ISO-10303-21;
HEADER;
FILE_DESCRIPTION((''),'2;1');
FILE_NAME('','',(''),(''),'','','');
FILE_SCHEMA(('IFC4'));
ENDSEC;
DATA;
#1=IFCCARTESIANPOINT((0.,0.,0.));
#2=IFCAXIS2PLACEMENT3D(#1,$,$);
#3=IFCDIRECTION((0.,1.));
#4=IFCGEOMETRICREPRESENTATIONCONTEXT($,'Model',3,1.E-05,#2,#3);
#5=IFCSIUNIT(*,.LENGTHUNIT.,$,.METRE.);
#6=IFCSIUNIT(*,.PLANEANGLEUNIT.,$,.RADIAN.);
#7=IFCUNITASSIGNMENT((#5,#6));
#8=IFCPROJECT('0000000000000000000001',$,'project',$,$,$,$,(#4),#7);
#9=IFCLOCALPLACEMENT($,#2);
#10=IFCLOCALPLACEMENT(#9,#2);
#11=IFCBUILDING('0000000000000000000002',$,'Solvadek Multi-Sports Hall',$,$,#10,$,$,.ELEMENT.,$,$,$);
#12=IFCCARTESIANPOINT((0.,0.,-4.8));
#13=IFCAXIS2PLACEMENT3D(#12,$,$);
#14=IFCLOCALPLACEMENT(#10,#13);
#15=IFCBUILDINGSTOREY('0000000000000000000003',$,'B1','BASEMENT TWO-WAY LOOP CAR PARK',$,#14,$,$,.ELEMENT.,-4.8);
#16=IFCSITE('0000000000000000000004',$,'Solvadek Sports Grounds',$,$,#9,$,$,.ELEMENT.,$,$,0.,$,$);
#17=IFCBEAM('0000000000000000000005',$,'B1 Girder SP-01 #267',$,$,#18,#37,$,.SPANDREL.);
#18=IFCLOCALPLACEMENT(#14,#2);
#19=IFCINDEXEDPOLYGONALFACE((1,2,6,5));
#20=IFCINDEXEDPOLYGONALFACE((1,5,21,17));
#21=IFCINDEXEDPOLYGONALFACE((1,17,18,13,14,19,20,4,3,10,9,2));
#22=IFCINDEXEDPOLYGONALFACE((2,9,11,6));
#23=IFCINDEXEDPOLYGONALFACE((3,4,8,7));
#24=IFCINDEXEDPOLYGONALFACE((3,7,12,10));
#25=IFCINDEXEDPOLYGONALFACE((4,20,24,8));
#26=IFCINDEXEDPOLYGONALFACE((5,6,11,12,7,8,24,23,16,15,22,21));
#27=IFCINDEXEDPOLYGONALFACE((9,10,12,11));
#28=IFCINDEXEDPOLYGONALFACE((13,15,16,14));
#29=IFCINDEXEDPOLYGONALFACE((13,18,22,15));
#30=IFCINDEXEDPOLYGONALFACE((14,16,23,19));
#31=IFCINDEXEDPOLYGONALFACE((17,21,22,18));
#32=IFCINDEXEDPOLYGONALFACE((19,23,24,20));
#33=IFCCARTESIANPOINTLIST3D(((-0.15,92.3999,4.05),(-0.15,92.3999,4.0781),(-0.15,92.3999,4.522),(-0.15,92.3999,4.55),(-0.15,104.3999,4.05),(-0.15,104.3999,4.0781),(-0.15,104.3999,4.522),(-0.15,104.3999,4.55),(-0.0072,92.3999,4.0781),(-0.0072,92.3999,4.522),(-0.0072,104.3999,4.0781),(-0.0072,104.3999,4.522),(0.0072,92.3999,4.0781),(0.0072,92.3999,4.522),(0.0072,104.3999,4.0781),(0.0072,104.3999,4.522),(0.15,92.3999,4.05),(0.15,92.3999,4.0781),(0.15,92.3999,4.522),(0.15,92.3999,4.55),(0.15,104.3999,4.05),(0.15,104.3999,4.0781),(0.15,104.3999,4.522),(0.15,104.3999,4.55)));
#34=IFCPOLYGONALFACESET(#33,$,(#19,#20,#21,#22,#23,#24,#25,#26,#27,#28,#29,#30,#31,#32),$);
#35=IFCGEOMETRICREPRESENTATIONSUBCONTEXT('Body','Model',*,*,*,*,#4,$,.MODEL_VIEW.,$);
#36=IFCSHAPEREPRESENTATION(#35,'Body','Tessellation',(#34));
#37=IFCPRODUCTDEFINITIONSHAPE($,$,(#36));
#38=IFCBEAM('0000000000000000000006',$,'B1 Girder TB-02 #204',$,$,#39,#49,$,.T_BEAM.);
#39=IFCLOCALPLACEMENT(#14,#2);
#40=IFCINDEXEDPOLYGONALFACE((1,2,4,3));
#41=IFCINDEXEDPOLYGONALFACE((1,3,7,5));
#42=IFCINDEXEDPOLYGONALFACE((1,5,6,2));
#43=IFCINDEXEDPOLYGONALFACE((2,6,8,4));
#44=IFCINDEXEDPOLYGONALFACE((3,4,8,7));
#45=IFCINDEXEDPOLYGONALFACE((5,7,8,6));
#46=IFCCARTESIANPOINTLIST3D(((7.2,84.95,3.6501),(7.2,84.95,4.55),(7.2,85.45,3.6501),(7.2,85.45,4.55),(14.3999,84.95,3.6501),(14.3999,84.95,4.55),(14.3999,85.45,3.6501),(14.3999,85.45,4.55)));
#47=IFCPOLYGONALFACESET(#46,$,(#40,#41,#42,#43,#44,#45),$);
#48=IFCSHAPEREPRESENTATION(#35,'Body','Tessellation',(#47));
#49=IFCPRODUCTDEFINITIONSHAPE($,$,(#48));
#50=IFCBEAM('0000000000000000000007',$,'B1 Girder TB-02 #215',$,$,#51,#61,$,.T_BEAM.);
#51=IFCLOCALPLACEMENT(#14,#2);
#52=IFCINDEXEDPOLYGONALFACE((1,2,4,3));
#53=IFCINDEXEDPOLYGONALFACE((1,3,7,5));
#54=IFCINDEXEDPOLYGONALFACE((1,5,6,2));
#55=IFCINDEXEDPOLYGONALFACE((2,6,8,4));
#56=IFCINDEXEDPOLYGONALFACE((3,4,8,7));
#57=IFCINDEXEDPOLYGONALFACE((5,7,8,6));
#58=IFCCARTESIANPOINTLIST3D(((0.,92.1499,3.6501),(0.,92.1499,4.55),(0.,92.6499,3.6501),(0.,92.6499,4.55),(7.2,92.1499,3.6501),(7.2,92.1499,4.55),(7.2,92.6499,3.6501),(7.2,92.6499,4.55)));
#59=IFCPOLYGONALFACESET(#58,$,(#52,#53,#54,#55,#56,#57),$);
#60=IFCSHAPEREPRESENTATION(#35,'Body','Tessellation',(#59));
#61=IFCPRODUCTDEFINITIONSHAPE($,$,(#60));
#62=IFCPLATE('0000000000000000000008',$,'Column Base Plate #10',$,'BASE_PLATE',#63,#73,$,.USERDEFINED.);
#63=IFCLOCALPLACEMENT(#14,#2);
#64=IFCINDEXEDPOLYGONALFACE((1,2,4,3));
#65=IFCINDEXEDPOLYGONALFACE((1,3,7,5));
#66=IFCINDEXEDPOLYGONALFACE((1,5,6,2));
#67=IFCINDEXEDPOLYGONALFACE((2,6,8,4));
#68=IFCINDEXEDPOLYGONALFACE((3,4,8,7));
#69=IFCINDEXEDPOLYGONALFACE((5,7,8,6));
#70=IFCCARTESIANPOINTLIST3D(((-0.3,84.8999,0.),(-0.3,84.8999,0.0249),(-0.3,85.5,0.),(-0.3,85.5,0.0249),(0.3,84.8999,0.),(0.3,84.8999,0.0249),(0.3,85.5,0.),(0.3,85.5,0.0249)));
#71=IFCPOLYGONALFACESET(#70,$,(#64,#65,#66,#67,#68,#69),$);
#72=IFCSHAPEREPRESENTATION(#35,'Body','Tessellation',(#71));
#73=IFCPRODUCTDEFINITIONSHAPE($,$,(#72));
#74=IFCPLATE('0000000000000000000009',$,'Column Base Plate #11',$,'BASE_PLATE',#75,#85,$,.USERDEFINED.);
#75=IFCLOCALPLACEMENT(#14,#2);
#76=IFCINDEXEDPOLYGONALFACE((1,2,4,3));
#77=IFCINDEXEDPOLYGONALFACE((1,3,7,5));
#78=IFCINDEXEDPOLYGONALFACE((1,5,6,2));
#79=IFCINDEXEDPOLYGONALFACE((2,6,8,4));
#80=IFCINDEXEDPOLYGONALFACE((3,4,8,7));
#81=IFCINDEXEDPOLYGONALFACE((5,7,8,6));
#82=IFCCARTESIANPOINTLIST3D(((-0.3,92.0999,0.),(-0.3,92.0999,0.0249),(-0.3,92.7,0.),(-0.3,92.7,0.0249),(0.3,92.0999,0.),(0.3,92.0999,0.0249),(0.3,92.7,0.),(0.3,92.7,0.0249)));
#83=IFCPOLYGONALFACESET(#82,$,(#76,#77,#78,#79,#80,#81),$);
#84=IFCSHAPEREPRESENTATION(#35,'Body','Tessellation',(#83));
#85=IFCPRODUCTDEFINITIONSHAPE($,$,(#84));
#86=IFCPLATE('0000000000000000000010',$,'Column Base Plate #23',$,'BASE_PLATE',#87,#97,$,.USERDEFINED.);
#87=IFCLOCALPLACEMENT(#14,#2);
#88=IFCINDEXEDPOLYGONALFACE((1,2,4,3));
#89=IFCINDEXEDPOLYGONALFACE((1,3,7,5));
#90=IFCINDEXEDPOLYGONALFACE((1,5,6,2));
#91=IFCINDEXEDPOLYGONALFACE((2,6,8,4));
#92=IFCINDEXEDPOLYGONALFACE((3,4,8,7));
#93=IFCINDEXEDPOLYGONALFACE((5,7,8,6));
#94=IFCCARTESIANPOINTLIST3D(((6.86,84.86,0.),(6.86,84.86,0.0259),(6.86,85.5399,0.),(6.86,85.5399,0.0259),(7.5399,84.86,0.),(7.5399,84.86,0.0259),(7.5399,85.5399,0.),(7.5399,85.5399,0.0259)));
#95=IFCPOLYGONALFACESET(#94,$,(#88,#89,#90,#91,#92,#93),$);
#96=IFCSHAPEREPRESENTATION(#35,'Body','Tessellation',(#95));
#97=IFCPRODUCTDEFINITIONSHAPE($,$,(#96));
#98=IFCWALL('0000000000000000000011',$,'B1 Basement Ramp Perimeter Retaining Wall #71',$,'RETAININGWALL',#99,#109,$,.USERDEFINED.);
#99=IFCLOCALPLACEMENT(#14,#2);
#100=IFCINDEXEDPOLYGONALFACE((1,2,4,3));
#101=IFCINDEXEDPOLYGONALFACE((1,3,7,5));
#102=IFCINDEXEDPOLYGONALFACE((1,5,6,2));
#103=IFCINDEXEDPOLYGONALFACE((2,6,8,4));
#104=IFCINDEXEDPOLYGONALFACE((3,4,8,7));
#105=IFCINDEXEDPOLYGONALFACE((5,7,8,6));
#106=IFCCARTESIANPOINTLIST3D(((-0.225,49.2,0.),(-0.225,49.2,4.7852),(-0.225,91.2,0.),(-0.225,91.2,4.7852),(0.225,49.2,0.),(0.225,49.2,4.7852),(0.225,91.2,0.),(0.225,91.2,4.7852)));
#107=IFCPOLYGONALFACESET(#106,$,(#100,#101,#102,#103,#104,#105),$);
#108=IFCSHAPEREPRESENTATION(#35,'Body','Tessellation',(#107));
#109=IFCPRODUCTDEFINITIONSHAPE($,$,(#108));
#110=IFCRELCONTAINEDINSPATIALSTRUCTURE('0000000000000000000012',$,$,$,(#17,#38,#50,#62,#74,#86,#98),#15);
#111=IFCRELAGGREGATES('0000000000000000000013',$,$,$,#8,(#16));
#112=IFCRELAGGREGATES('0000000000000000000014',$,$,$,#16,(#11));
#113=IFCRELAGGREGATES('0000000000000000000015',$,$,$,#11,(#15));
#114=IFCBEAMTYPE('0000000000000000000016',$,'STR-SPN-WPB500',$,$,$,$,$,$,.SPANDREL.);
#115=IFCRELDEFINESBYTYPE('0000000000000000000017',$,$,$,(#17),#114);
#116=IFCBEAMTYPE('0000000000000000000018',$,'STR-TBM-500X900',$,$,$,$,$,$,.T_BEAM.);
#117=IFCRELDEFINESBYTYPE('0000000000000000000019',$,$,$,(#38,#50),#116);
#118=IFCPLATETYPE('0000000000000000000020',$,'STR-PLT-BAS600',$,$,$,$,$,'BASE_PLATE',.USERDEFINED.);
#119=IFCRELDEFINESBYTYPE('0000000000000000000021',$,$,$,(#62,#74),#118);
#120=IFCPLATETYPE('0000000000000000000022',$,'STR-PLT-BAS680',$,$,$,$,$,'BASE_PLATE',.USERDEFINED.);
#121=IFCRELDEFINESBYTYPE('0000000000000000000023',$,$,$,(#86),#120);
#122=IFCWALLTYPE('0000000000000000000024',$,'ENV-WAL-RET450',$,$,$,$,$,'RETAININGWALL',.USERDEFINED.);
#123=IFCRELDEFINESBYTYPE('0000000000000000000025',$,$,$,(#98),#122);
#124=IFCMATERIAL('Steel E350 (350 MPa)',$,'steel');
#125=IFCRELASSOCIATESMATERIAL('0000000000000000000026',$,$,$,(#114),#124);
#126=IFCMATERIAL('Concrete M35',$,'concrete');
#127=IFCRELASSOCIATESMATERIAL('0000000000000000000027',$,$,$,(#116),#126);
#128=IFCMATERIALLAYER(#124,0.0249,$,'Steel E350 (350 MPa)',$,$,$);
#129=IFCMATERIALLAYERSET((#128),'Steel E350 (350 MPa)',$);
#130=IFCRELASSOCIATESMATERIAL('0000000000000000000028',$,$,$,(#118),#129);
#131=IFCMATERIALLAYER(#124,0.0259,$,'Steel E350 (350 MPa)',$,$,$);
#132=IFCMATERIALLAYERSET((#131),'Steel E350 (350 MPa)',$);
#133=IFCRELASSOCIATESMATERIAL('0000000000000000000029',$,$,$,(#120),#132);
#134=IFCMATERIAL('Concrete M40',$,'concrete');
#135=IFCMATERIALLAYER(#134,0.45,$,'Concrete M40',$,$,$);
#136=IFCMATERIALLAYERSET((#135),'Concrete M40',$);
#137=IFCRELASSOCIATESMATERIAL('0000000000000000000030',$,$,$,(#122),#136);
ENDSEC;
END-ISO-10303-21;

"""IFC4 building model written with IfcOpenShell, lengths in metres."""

from ifc_helpers import new_model, si_unit, direction, frame, frame_2d, origin, origin_2d, place, context, subcontext, project, spatial, rectangle, i_section, extrude, material, layer, layer_set, material_profile, profile_set, type_object, element, save


model = new_model("IFC4")

# Units and contexts
model_context = context("Model", 3, precision=1e-05, world=origin(), true_north=direction((0.0, 1.0)))
body_context = subcontext(model_context, "Body", "Model", "MODEL_VIEW")
ifc_project = project(units=[si_unit("LENGTHUNIT", "METRE"), si_unit("PLANEANGLEUNIT", "RADIAN")], contexts=[model_context])

# Site, building, storey
site_placement = place(None, origin())
site = spatial("IfcSite", under=ifc_project, at=site_placement, Name="Solvadek Sports Grounds", CompositionType="ELEMENT", RefElevation=0.0)
building_placement = place(site_placement, origin())
building = spatial("IfcBuilding", under=site, at=building_placement, Name="Solvadek Multi-Sports Hall", CompositionType="ELEMENT")
storey_placement = place(building_placement, frame((0.0, 0.0, -4.8)))
storey = spatial("IfcBuildingStorey", under=building, at=storey_placement, Name="B1", Description="BASEMENT TWO-WAY LOOP CAR PARK", CompositionType="ELEMENT", Elevation=-4.8)

# Shared definitions
ifc_material_1 = material(Name="Concrete M40", Category="concrete")

# Shared definitions
ifc_material_2 = material(Name="Concrete M35", Category="concrete")

# Shared definitions
ifc_material_3 = material(Name="Steel E350 (350 MPa)", Category="steel")

# Beams
ifc_material_profile_1 = material_profile(ifc_material_3, i_section(OverallWidth=0.3, OverallDepth=0.5, WebThickness=0.0144, FlangeThickness=0.0281, at=origin_2d()), Name="WPB 500")
ifc_profile_set_1 = profile_set([ifc_material_profile_1], Name="Steel E350 (350 MPa)")
beam_type_1 = type_object("IfcBeamType", Name="STR-SPN-WPB500", PredefinedType="SPANDREL", material=ifc_profile_set_1)
beam_1_placement = place(storey_placement, frame((0.0, 92.3999, 4.3), z_axis=(0.0, 1.0, 0.0), x_axis=(-1.0, 0.0, 0.0)))
element("IfcBeam", 1, at=beam_1_placement, inside=storey, type_object=beam_type_1, Name="B1 Girder SP-01 #267", PredefinedType="SPANDREL", context=body_context, shape_type="SweptSolid", body=[
    extrude(i_section(OverallWidth=0.3, OverallDepth=0.5, WebThickness=0.0144, FlangeThickness=0.0281, at=origin_2d()), origin(), (0.0, 0.0, 1.0), 12.0),
])
ifc_material_profile_2 = material_profile(ifc_material_2, rectangle(XDim=0.5, YDim=0.8999, at=origin_2d()), Name="RC T-BEAM 500x900")
ifc_profile_set_2 = profile_set([ifc_material_profile_2], Name="Concrete M35")
beam_type_2 = type_object("IfcBeamType", Name="STR-TBM-500X900", PredefinedType="T_BEAM", material=ifc_profile_set_2)
for number, where, z_axis, x_axis, name in (
    (2, (7.2, 85.2, 4.1001), (1.0, 0.0, 0.0), (0.0, 1.0, 0.0), "B1 Girder TB-02 #204"),
    (3, (0.0, 92.3999, 4.1001), (1.0, 0.0, 0.0), (0.0, 1.0, 0.0), "B1 Girder TB-02 #215"),
):
    element("IfcBeam", number, at=place(storey_placement, frame(where, z_axis=z_axis, x_axis=x_axis)), inside=storey, type_object=beam_type_2, Name=name, PredefinedType="T_BEAM", context=body_context, shape_type="SweptSolid", body=[
        extrude(rectangle(XDim=0.5, YDim=0.8999, at=origin_2d()), origin(), (0.0, 0.0, 1.0), 7.2),
    ])

# Plates
ifc_layer_1 = layer(ifc_material_3, 0.0249, Name="Steel E350 (350 MPa)")
ifc_layer_set_1 = layer_set([ifc_layer_1], Name="Steel E350 (350 MPa)")
plate_type_1 = type_object("IfcPlateType", Name="STR-PLT-BAS600", ElementType="BASE_PLATE", PredefinedType="USERDEFINED", material=ifc_layer_set_1)
for number, where, z_axis, x_axis, name in (
    (4, (0.0, 85.2, 0.0), (0.0, 0.0, 1.0), (1.0, 0.0, 0.0), "Column Base Plate #10"),
    (5, (0.0, 92.3999, 0.0), (0.0, 0.0, 1.0), (1.0, 0.0, 0.0), "Column Base Plate #11"),
):
    element("IfcPlate", number, at=place(storey_placement, frame(where, z_axis=z_axis, x_axis=x_axis)), inside=storey, type_object=plate_type_1, Name=name, ObjectType="BASE_PLATE", PredefinedType="USERDEFINED", context=body_context, shape_type="SweptSolid", body=[
        extrude(rectangle(XDim=0.6001, YDim=0.6001, at=origin_2d()), origin(), (0.0, 0.0, 1.0), 0.0249),
    ])
ifc_layer_2 = layer(ifc_material_3, 0.0259, Name="Steel E350 (350 MPa)")
ifc_layer_set_2 = layer_set([ifc_layer_2], Name="Steel E350 (350 MPa)")
plate_type_2 = type_object("IfcPlateType", Name="STR-PLT-BAS680", ElementType="BASE_PLATE", PredefinedType="USERDEFINED", material=ifc_layer_set_2)
plate_placement = place(storey_placement, frame((7.2, 85.2, 0.0), z_axis=(0.0, 0.0, 1.0), x_axis=(1.0, 0.0, 0.0)))
element("IfcPlate", 6, at=plate_placement, inside=storey, type_object=plate_type_2, Name="Column Base Plate #23", ObjectType="BASE_PLATE", PredefinedType="USERDEFINED", context=body_context, shape_type="SweptSolid", body=[
    extrude(rectangle(XDim=0.6799, YDim=0.6799, at=origin_2d()), origin(), (0.0, 0.0, 1.0), 0.0259),
])

# Wall
ifc_layer_3 = layer(ifc_material_1, 0.45, Name="Concrete M40")
ifc_layer_set_3 = layer_set([ifc_layer_3], Name="Concrete M40")
wall_type = type_object("IfcWallType", Name="ENV-WAL-RET450", ElementType="RETAININGWALL", PredefinedType="USERDEFINED", material=ifc_layer_set_3)
wall_placement = place(storey_placement, frame((0.0, 91.2, 0.0), z_axis=(0.0, 0.0, 1.0), x_axis=(0.0, -1.0, 0.0)))
element("IfcWall", 7, at=wall_placement, inside=storey, type_object=wall_type, Name="B1 Basement Ramp Perimeter Retaining Wall #71", ObjectType="RETAININGWALL", PredefinedType="USERDEFINED", context=body_context, shape_type="SweptSolid", body=[
    extrude(rectangle(XDim=42.0, YDim=0.45, at=frame_2d((21.0, 0.0))), origin(), (0.0, 0.0, 1.0), 4.7852),
])

save(model, "model.ifc")
